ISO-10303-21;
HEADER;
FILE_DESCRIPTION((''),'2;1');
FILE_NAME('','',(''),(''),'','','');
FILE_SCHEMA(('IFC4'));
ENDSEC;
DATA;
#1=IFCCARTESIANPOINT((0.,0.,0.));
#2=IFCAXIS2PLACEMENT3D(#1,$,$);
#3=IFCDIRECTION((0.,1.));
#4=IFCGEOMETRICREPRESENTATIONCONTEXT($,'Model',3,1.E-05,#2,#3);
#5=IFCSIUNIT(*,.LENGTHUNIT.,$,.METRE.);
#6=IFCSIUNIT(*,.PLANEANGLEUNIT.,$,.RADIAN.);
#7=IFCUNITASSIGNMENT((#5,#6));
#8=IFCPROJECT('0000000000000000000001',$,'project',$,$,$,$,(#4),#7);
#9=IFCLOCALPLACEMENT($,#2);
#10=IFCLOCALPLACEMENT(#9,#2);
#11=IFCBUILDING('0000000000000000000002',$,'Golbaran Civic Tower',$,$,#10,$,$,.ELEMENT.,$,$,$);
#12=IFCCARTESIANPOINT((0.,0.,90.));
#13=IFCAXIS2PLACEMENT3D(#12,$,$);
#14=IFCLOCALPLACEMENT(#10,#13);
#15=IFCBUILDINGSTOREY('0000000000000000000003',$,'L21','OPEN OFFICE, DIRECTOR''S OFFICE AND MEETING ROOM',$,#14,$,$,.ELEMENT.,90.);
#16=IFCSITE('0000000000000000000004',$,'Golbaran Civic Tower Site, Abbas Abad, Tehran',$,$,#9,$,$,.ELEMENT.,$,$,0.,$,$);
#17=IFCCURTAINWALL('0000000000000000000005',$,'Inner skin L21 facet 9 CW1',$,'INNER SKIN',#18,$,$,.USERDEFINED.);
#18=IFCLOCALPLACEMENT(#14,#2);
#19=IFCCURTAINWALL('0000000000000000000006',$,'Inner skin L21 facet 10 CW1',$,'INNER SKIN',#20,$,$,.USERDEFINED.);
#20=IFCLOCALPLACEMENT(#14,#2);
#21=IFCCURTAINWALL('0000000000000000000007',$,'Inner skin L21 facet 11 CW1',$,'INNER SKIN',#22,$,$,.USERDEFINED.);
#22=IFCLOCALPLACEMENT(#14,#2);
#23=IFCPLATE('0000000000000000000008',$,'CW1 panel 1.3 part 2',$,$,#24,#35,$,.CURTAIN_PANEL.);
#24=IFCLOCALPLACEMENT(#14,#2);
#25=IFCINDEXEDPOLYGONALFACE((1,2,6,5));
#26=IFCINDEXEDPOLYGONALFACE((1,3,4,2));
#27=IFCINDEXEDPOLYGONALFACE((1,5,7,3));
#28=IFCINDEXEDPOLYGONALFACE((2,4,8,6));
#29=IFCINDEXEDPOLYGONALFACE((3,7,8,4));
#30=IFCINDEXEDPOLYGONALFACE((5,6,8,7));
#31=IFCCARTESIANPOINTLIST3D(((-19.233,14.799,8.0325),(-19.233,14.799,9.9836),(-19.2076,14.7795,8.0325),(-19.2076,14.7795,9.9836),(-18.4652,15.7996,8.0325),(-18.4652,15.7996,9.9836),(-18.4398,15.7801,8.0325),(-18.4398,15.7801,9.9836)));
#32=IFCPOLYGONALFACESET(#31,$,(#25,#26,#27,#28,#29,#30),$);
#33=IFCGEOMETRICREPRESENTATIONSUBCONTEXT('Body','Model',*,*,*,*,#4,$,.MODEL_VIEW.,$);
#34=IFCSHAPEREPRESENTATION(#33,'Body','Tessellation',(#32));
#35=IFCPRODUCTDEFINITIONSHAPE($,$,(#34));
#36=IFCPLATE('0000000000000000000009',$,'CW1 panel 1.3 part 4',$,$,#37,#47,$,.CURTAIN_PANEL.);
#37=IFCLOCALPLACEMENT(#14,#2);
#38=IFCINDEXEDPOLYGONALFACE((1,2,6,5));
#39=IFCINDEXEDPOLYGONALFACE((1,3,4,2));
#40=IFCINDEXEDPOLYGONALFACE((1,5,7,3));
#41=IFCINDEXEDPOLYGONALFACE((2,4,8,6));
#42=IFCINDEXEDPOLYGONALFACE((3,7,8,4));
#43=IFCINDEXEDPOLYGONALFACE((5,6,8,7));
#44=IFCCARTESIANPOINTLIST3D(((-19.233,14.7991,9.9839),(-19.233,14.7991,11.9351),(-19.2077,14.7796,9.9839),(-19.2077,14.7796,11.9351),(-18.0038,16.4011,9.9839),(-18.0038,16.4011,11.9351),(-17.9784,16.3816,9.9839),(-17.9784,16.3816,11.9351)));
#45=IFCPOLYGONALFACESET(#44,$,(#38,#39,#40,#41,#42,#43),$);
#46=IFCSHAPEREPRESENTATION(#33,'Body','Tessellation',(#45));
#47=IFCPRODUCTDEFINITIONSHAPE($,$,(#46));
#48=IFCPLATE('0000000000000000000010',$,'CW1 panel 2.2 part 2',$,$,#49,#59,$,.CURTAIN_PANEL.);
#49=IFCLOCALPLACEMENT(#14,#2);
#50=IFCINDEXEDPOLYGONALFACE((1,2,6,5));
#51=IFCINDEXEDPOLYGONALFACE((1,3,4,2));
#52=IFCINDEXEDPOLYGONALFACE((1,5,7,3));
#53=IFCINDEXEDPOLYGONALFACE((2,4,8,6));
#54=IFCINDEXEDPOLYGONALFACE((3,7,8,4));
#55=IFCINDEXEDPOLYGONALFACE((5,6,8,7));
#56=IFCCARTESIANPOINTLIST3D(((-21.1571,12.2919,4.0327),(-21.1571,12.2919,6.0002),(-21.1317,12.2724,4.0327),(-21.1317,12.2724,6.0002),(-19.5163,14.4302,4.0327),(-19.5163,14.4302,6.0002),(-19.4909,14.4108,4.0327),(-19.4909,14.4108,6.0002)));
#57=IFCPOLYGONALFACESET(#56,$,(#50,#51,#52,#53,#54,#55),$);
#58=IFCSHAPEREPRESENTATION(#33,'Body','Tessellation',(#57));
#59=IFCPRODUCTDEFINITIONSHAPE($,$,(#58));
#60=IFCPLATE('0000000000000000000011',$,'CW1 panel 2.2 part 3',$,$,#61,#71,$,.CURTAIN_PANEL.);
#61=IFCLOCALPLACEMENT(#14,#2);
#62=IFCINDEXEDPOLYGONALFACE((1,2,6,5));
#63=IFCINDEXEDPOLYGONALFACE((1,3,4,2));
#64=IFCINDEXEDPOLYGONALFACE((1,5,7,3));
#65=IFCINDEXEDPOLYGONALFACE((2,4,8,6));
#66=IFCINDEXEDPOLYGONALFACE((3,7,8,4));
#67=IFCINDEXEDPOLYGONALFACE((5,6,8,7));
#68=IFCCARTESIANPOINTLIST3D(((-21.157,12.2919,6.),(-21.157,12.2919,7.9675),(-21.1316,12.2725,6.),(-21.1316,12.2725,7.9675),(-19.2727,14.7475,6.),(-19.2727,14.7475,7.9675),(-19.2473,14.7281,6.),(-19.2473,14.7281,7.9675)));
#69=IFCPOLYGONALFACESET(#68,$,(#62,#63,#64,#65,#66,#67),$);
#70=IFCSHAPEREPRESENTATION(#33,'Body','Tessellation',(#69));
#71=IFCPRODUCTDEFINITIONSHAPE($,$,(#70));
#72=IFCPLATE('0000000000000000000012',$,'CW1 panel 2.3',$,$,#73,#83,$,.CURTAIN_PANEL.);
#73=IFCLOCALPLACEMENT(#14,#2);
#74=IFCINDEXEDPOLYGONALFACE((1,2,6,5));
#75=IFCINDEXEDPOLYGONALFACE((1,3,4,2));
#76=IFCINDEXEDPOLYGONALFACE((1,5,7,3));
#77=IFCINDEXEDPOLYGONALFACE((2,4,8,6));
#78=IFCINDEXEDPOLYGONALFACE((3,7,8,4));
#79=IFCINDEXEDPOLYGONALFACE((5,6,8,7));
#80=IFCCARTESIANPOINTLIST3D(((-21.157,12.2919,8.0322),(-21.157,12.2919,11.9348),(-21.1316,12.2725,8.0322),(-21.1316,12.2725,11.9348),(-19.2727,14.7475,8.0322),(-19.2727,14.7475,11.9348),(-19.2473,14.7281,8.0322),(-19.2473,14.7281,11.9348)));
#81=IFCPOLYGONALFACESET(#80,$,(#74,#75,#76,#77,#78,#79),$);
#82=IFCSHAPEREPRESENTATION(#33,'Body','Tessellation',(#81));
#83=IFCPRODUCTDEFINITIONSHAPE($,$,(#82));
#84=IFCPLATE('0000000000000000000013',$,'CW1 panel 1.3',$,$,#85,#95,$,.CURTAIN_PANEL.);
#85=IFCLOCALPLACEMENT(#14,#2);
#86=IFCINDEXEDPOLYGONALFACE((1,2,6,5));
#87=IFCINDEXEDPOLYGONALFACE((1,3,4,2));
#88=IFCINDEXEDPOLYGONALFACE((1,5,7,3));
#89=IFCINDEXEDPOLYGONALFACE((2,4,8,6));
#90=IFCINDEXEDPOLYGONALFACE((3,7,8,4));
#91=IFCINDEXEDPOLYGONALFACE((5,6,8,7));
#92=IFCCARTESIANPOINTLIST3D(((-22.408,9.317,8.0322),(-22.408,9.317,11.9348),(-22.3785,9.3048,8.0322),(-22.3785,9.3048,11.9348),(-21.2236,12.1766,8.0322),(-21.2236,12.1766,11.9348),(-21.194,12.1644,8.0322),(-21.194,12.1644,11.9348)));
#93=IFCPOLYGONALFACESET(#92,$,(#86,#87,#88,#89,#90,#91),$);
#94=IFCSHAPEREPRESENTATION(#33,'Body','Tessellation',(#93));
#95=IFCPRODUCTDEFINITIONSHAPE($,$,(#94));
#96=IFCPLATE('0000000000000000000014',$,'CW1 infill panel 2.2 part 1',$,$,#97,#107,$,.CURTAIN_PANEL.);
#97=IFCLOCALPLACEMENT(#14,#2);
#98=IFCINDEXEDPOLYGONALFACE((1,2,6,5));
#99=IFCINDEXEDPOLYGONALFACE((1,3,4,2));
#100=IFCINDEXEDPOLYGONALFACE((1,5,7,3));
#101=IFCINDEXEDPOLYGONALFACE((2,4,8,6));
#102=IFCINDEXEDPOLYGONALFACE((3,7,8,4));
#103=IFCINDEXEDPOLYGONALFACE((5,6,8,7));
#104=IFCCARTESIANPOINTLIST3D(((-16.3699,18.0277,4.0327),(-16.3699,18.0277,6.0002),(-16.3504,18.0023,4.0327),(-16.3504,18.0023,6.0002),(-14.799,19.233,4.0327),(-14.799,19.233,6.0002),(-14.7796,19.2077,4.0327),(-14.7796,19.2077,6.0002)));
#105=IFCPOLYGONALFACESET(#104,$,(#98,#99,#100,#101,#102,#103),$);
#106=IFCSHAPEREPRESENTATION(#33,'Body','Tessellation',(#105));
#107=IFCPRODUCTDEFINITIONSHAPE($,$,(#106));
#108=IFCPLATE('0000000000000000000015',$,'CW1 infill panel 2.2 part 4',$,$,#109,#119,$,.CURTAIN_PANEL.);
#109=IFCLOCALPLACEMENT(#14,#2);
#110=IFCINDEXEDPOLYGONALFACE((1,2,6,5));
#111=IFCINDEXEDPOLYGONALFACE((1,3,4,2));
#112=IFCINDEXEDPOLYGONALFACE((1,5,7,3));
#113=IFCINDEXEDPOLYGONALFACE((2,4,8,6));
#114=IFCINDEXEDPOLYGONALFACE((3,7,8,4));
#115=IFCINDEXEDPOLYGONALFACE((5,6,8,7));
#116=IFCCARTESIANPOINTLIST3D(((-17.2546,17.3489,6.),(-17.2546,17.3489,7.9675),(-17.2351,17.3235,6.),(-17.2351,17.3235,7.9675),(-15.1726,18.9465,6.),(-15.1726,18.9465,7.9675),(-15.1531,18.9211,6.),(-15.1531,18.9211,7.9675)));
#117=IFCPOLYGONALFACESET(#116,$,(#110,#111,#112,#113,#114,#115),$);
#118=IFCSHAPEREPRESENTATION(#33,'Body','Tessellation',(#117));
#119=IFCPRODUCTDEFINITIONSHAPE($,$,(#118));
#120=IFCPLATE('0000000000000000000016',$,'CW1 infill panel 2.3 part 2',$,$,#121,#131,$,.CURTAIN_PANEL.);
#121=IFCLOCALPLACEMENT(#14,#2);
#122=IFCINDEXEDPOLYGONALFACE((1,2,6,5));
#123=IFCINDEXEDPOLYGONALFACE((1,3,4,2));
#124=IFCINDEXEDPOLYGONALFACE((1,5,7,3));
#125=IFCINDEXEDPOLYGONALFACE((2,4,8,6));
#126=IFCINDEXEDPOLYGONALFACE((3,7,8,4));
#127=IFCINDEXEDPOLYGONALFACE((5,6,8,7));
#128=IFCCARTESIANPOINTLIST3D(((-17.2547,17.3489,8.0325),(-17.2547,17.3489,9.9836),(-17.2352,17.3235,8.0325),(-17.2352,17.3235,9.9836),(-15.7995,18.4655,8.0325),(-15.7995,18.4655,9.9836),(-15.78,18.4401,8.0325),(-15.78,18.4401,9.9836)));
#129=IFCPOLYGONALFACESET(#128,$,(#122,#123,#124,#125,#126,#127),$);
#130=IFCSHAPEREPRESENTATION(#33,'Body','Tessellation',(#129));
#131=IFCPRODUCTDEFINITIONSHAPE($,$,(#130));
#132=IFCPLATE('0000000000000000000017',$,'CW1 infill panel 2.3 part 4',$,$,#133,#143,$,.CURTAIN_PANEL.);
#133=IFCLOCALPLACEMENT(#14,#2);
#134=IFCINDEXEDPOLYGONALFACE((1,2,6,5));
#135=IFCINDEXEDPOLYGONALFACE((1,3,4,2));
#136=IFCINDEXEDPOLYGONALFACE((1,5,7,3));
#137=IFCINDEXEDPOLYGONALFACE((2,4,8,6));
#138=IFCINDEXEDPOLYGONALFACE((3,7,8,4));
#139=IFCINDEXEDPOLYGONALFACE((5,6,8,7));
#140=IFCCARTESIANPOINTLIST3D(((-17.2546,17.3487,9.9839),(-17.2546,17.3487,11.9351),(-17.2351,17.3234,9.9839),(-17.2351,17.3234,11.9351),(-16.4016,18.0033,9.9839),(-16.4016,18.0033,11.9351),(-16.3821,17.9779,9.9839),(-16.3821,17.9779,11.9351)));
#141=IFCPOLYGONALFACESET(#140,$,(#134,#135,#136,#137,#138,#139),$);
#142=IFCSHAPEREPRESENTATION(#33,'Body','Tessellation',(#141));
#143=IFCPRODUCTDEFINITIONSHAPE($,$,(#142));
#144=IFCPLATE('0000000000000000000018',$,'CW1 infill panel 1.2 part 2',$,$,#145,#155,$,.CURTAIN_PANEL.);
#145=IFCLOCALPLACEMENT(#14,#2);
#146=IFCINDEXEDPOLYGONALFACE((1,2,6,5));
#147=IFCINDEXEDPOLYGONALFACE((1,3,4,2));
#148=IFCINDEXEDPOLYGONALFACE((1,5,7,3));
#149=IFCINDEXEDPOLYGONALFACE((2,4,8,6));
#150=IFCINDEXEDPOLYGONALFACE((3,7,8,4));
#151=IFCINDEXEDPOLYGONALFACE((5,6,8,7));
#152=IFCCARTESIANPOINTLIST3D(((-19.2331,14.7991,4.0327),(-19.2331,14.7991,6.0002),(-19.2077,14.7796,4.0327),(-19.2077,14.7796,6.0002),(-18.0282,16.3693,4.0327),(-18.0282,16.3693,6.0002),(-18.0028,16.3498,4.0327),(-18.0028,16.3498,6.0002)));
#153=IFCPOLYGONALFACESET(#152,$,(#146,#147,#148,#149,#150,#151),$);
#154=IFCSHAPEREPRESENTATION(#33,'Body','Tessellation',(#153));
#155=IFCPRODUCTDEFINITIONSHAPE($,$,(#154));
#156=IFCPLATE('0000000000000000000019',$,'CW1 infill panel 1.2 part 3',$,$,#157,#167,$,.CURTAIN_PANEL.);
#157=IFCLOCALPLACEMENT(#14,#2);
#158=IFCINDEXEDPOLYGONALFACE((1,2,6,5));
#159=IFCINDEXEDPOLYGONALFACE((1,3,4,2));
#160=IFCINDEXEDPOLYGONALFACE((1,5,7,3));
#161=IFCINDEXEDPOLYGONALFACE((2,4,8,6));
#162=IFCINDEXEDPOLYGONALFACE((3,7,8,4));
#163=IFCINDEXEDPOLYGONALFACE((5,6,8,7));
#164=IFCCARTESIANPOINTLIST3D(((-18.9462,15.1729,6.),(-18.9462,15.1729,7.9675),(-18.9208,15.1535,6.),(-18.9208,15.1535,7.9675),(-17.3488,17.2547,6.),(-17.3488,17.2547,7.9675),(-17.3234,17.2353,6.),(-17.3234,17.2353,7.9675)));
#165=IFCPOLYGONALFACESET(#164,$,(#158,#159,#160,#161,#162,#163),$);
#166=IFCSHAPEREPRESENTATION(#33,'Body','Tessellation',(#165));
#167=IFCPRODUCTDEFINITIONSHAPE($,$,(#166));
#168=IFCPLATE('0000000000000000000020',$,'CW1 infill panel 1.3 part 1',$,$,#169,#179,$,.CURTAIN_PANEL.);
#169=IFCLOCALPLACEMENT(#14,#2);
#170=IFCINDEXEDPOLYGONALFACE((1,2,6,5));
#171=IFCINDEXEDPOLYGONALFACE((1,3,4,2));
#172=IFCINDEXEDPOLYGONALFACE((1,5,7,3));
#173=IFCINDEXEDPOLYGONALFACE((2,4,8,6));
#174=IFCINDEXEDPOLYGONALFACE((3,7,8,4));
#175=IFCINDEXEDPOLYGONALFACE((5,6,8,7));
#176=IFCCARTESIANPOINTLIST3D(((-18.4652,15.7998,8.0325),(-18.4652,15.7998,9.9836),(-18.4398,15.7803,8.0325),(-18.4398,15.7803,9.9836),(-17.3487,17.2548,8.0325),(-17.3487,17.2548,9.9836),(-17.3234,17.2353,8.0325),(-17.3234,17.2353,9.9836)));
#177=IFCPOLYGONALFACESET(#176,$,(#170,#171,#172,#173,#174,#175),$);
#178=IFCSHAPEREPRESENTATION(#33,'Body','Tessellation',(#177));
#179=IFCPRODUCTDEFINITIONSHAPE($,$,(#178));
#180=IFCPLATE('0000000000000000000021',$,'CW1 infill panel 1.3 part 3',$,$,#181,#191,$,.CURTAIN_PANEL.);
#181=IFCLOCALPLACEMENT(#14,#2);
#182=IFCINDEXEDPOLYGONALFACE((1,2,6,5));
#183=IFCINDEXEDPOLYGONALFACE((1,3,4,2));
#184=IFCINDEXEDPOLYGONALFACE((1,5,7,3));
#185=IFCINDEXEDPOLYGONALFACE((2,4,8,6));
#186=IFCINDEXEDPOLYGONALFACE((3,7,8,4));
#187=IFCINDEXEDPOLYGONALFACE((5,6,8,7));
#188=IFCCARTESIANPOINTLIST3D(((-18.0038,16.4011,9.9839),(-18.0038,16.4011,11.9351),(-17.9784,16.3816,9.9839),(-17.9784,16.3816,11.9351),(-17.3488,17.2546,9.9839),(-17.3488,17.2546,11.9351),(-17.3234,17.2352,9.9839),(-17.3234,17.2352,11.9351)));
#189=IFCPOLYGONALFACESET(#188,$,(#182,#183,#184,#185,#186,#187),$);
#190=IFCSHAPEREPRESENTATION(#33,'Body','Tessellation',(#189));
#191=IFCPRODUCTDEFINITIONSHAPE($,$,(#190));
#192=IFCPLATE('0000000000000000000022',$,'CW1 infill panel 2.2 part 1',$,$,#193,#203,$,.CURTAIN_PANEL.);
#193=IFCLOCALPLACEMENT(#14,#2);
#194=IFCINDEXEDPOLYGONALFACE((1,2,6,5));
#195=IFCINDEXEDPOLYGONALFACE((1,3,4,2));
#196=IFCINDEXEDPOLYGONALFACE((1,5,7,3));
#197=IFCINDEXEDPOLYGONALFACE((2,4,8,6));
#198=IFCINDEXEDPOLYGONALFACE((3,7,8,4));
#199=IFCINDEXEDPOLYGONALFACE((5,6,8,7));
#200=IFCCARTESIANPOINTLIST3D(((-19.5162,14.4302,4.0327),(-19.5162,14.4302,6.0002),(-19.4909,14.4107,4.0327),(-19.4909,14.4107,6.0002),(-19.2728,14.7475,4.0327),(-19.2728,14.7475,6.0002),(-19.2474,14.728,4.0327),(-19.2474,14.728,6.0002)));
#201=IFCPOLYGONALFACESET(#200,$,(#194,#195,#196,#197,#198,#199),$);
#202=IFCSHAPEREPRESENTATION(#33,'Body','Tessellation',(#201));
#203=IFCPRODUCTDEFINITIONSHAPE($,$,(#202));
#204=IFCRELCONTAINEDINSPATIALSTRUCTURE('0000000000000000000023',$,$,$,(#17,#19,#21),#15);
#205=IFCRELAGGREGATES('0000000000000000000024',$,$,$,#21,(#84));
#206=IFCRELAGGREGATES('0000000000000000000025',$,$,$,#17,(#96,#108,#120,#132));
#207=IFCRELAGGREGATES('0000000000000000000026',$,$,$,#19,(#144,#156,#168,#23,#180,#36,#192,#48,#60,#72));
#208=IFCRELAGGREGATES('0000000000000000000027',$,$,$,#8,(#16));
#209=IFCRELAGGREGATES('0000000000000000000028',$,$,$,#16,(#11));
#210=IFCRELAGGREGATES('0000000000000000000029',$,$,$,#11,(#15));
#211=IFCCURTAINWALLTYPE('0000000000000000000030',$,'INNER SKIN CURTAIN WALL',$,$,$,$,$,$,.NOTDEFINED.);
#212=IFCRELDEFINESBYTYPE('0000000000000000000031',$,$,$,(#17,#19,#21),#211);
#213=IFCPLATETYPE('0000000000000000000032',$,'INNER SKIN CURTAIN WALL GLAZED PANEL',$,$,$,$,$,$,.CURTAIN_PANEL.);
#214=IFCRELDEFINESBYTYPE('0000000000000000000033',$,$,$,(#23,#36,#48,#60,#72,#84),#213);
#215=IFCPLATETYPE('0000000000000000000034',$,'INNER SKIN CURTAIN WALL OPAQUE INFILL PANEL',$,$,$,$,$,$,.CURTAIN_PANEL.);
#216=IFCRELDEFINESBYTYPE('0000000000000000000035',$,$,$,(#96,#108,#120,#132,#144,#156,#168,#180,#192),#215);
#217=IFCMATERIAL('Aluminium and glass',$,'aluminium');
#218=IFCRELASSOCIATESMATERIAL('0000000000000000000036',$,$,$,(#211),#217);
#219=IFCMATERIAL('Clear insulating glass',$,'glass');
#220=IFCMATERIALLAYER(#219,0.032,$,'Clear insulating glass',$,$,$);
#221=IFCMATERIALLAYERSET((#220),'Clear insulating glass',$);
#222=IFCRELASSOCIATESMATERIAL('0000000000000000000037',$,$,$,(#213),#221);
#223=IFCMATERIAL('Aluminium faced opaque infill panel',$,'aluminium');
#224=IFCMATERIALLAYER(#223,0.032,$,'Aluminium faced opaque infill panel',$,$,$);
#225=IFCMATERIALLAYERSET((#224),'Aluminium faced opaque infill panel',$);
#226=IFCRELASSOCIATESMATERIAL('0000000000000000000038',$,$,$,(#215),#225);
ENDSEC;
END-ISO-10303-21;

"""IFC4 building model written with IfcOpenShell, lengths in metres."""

from ifc_helpers import new_model, si_unit, direction, frame, origin, origin_2d, place, context, subcontext, project, spatial, rectangle, extrude, material, layer, layer_set, type_object, element, aggregate, save


model = new_model("IFC4")

# Units and contexts
model_context = context("Model", 3, precision=1e-05, world=origin(), true_north=direction((0.0, 1.0)))
body_context = subcontext(model_context, "Body", "Model", "MODEL_VIEW")
ifc_project = project(units=[si_unit("LENGTHUNIT", "METRE"), si_unit("PLANEANGLEUNIT", "RADIAN")], contexts=[model_context])

# Site, building, storey
site_placement = place(None, origin())
site = spatial("IfcSite", under=ifc_project, at=site_placement, Name="Golbaran Civic Tower Site, Abbas Abad, Tehran", CompositionType="ELEMENT", RefElevation=0.0)
building_placement = place(site_placement, origin())
building = spatial("IfcBuilding", under=site, at=building_placement, Name="Golbaran Civic Tower", CompositionType="ELEMENT")
storey_placement = place(building_placement, frame((0.0, 0.0, 90.0)))
storey = spatial("IfcBuildingStorey", under=building, at=storey_placement, Name="L21", Description="OPEN OFFICE, DIRECTOR'S OFFICE AND MEETING ROOM", CompositionType="ELEMENT", Elevation=90.0)

# Curtain walls
ifc_material_1 = material(Name="Aluminium and glass", Category="aluminium")
curtain_wall_type = type_object("IfcCurtainWallType", Name="INNER SKIN CURTAIN WALL", PredefinedType="NOTDEFINED", material=ifc_material_1)
curtain_wall_1_placement = place(storey_placement, origin())
curtain_wall_1 = element("IfcCurtainWall", 1, at=curtain_wall_1_placement, inside=storey, type_object=curtain_wall_type, Name="Inner skin L21 facet 9 CW1", ObjectType="INNER SKIN", PredefinedType="USERDEFINED")
curtain_wall_2_placement = place(storey_placement, origin())
curtain_wall_2 = element("IfcCurtainWall", 2, at=curtain_wall_2_placement, inside=storey, type_object=curtain_wall_type, Name="Inner skin L21 facet 10 CW1", ObjectType="INNER SKIN", PredefinedType="USERDEFINED")
curtain_wall_3_placement = place(storey_placement, origin())
curtain_wall_3 = element("IfcCurtainWall", 3, at=curtain_wall_3_placement, inside=storey, type_object=curtain_wall_type, Name="Inner skin L21 facet 11 CW1", ObjectType="INNER SKIN", PredefinedType="USERDEFINED")

# Plates
ifc_material_2 = material(Name="Clear insulating glass", Category="glass")
ifc_layer_1 = layer(ifc_material_2, 0.032, Name="Clear insulating glass")
ifc_layer_set_1 = layer_set([ifc_layer_1], Name="Clear insulating glass")
plate_type_1 = type_object("IfcPlateType", Name="INNER SKIN CURTAIN WALL GLAZED PANEL", PredefinedType="CURTAIN_PANEL", material=ifc_layer_set_1)
plate_1_placement = place(storey_placement, frame((-18.8364, 15.2896, 8.0325), z_axis=(0.0, 0.0, 1.0), x_axis=(-0.608761, -0.793353, 0.0)))
plate_1 = element("IfcPlate", 4, at=plate_1_placement, type_object=plate_type_1, Name="CW1 panel 1.3 part 2", PredefinedType="CURTAIN_PANEL", context=body_context, shape_type="SweptSolid", body=[
    extrude(rectangle(XDim=1.2612, YDim=0.032, at=origin_2d()), origin(), (0.0, 0.0, 1.0), 1.9512),
])
plate_2_placement = place(storey_placement, frame((-18.6057, 15.5903, 9.9839), z_axis=(0.0, 0.0, 1.0), x_axis=(-0.608761, -0.793353, 0.0)))
plate_2 = element("IfcPlate", 5, at=plate_2_placement, type_object=plate_type_1, Name="CW1 panel 1.3 part 4", PredefinedType="CURTAIN_PANEL", context=body_context, shape_type="SweptSolid", body=[
    extrude(rectangle(XDim=2.0193, YDim=0.032, at=origin_2d()), origin(), (0.0, 0.0, 1.0), 1.9512),
])
plate_3_placement = place(storey_placement, frame((-20.324, 13.3513, 4.0327), z_axis=(0.0, 0.0, 1.0), x_axis=(-0.608761, -0.793353, 0.0)))
plate_3 = element("IfcPlate", 6, at=plate_3_placement, type_object=plate_type_1, Name="CW1 panel 2.2 part 2", PredefinedType="CURTAIN_PANEL", context=body_context, shape_type="SweptSolid", body=[
    extrude(rectangle(XDim=2.6953, YDim=0.032, at=origin_2d()), origin(), (0.0, 0.0, 1.0), 1.9675),
])
plate_4_placement = place(storey_placement, frame((-20.2021, 13.51, 6.0), z_axis=(0.0, 0.0, 1.0), x_axis=(-0.608761, -0.793353, 0.0)))
plate_4 = element("IfcPlate", 7, at=plate_4_placement, type_object=plate_type_1, Name="CW1 panel 2.2 part 3", PredefinedType="CURTAIN_PANEL", context=body_context, shape_type="SweptSolid", body=[
    extrude(rectangle(XDim=3.0952, YDim=0.032, at=origin_2d()), origin(), (0.0, 0.0, 1.0), 1.9675),
])
plate_5_placement = place(storey_placement, frame((-20.2021, 13.51, 8.0322), z_axis=(0.0, 0.0, 1.0), x_axis=(-0.608761, -0.793353, 0.0)))
plate_5 = element("IfcPlate", 8, at=plate_5_placement, type_object=plate_type_1, Name="CW1 panel 2.3", PredefinedType="CURTAIN_PANEL", context=body_context, shape_type="SweptSolid", body=[
    extrude(rectangle(XDim=3.0952, YDim=0.032, at=origin_2d()), origin(), (0.0, 0.0, 1.0), 3.9026),
])
plate_6_placement = place(storey_placement, frame((-21.801, 10.7407, 8.0322), z_axis=(0.0, 0.0, 1.0), x_axis=(-0.382683, -0.92388, 0.0)))
plate_6 = element("IfcPlate", 9, at=plate_6_placement, type_object=plate_type_1, Name="CW1 panel 1.3", PredefinedType="CURTAIN_PANEL", context=body_context, shape_type="SweptSolid", body=[
    extrude(rectangle(XDim=3.0952, YDim=0.032, at=origin_2d()), origin(), (0.0, 0.0, 1.0), 3.9026),
])
aggregate(curtain_wall_3, [plate_6])
ifc_material_3 = material(Name="Aluminium faced opaque infill panel", Category="aluminium")
ifc_layer_2 = layer(ifc_material_3, 0.032, Name="Aluminium faced opaque infill panel")
ifc_layer_set_2 = layer_set([ifc_layer_2], Name="Aluminium faced opaque infill panel")
plate_type_2 = type_object("IfcPlateType", Name="INNER SKIN CURTAIN WALL OPAQUE INFILL PANEL", PredefinedType="CURTAIN_PANEL", material=ifc_layer_set_2)
plate_7_placement = place(storey_placement, frame((-15.5747, 18.6177, 4.0327), z_axis=(0.0, 0.0, 1.0), x_axis=(-0.793353, -0.608761, 0.0)))
plate_7 = element("IfcPlate", 10, at=plate_7_placement, type_object=plate_type_2, Name="CW1 infill panel 2.2 part 1", PredefinedType="CURTAIN_PANEL", context=body_context, shape_type="SweptSolid", body=[
    extrude(rectangle(XDim=1.98, YDim=0.032, at=origin_2d()), origin(), (0.0, 0.0, 1.0), 1.9675),
])
plate_8_placement = place(storey_placement, frame((-16.2039, 18.135, 6.0), z_axis=(0.0, 0.0, 1.0), x_axis=(-0.793353, -0.608761, 0.0)))
plate_8 = element("IfcPlate", 11, at=plate_8_placement, type_object=plate_type_2, Name="CW1 infill panel 2.2 part 4", PredefinedType="CURTAIN_PANEL", context=body_context, shape_type="SweptSolid", body=[
    extrude(rectangle(XDim=2.6243, YDim=0.032, at=origin_2d()), origin(), (0.0, 0.0, 1.0), 1.9675),
])
plate_9_placement = place(storey_placement, frame((-16.5173, 17.8945, 8.0325), z_axis=(0.0, 0.0, 1.0), x_axis=(-0.793353, -0.608761, 0.0)))
plate_9 = element("IfcPlate", 12, at=plate_9_placement, type_object=plate_type_2, Name="CW1 infill panel 2.3 part 2", PredefinedType="CURTAIN_PANEL", context=body_context, shape_type="SweptSolid", body=[
    extrude(rectangle(XDim=1.8342, YDim=0.032, at=origin_2d()), origin(), (0.0, 0.0, 1.0), 1.9512),
])
plate_10_placement = place(storey_placement, frame((-16.8184, 17.6633, 9.9839), z_axis=(0.0, 0.0, 1.0), x_axis=(-0.793353, -0.608761, 0.0)))
plate_10 = element("IfcPlate", 13, at=plate_10_placement, type_object=plate_type_2, Name="CW1 infill panel 2.3 part 4", PredefinedType="CURTAIN_PANEL", context=body_context, shape_type="SweptSolid", body=[
    extrude(rectangle(XDim=1.0752, YDim=0.032, at=origin_2d()), origin(), (0.0, 0.0, 1.0), 1.9512),
])
aggregate(curtain_wall_1, [plate_7, plate_8, plate_9, plate_10])
plate_11_placement = place(storey_placement, frame((-18.6179, 15.5745, 4.0327), z_axis=(0.0, 0.0, 1.0), x_axis=(-0.608761, -0.793353, 0.0)))
plate_11 = element("IfcPlate", 14, at=plate_11_placement, type_object=plate_type_2, Name="CW1 infill panel 1.2 part 2", PredefinedType="CURTAIN_PANEL", context=body_context, shape_type="SweptSolid", body=[
    extrude(rectangle(XDim=1.9792, YDim=0.032, at=origin_2d()), origin(), (0.0, 0.0, 1.0), 1.9675),
])
plate_12_placement = place(storey_placement, frame((-18.1348, 16.2041, 6.0), z_axis=(0.0, 0.0, 1.0), x_axis=(-0.608761, -0.793353, 0.0)))
plate_12 = element("IfcPlate", 15, at=plate_12_placement, type_object=plate_type_2, Name="CW1 infill panel 1.2 part 3", PredefinedType="CURTAIN_PANEL", context=body_context, shape_type="SweptSolid", body=[
    extrude(rectangle(XDim=2.624, YDim=0.032, at=origin_2d()), origin(), (0.0, 0.0, 1.0), 1.9675),
])
plate_13_placement = place(storey_placement, frame((-17.8943, 16.5176, 8.0325), z_axis=(0.0, 0.0, 1.0), x_axis=(-0.608761, -0.793353, 0.0)))
plate_13 = element("IfcPlate", 16, at=plate_13_placement, type_object=plate_type_2, Name="CW1 infill panel 1.3 part 1", PredefinedType="CURTAIN_PANEL", context=body_context, shape_type="SweptSolid", body=[
    extrude(rectangle(XDim=1.834, YDim=0.032, at=origin_2d()), origin(), (0.0, 0.0, 1.0), 1.9512),
])
plate_14_placement = place(storey_placement, frame((-17.6636, 16.8181, 9.9839), z_axis=(0.0, 0.0, 1.0), x_axis=(-0.608761, -0.793353, 0.0)))
plate_14 = element("IfcPlate", 17, at=plate_14_placement, type_object=plate_type_2, Name="CW1 infill panel 1.3 part 3", PredefinedType="CURTAIN_PANEL", context=body_context, shape_type="SweptSolid", body=[
    extrude(rectangle(XDim=1.0759, YDim=0.032, at=origin_2d()), origin(), (0.0, 0.0, 1.0), 1.9512),
])
plate_15_placement = place(storey_placement, frame((-19.3818, 14.5791, 4.0327), z_axis=(0.0, 0.0, 1.0), x_axis=(-0.608761, -0.793353, 0.0)))
plate_15 = element("IfcPlate", 18, at=plate_15_placement, type_object=plate_type_2, Name="CW1 infill panel 2.2 part 1", PredefinedType="CURTAIN_PANEL", context=body_context, shape_type="SweptSolid", body=[
    extrude(rectangle(XDim=0.3999, YDim=0.032, at=origin_2d()), origin(), (0.0, 0.0, 1.0), 1.9675),
])
aggregate(curtain_wall_2, [plate_11, plate_12, plate_13, plate_1, plate_14, plate_2, plate_15, plate_3, plate_4, plate_5])

save(model, "model.ifc")
